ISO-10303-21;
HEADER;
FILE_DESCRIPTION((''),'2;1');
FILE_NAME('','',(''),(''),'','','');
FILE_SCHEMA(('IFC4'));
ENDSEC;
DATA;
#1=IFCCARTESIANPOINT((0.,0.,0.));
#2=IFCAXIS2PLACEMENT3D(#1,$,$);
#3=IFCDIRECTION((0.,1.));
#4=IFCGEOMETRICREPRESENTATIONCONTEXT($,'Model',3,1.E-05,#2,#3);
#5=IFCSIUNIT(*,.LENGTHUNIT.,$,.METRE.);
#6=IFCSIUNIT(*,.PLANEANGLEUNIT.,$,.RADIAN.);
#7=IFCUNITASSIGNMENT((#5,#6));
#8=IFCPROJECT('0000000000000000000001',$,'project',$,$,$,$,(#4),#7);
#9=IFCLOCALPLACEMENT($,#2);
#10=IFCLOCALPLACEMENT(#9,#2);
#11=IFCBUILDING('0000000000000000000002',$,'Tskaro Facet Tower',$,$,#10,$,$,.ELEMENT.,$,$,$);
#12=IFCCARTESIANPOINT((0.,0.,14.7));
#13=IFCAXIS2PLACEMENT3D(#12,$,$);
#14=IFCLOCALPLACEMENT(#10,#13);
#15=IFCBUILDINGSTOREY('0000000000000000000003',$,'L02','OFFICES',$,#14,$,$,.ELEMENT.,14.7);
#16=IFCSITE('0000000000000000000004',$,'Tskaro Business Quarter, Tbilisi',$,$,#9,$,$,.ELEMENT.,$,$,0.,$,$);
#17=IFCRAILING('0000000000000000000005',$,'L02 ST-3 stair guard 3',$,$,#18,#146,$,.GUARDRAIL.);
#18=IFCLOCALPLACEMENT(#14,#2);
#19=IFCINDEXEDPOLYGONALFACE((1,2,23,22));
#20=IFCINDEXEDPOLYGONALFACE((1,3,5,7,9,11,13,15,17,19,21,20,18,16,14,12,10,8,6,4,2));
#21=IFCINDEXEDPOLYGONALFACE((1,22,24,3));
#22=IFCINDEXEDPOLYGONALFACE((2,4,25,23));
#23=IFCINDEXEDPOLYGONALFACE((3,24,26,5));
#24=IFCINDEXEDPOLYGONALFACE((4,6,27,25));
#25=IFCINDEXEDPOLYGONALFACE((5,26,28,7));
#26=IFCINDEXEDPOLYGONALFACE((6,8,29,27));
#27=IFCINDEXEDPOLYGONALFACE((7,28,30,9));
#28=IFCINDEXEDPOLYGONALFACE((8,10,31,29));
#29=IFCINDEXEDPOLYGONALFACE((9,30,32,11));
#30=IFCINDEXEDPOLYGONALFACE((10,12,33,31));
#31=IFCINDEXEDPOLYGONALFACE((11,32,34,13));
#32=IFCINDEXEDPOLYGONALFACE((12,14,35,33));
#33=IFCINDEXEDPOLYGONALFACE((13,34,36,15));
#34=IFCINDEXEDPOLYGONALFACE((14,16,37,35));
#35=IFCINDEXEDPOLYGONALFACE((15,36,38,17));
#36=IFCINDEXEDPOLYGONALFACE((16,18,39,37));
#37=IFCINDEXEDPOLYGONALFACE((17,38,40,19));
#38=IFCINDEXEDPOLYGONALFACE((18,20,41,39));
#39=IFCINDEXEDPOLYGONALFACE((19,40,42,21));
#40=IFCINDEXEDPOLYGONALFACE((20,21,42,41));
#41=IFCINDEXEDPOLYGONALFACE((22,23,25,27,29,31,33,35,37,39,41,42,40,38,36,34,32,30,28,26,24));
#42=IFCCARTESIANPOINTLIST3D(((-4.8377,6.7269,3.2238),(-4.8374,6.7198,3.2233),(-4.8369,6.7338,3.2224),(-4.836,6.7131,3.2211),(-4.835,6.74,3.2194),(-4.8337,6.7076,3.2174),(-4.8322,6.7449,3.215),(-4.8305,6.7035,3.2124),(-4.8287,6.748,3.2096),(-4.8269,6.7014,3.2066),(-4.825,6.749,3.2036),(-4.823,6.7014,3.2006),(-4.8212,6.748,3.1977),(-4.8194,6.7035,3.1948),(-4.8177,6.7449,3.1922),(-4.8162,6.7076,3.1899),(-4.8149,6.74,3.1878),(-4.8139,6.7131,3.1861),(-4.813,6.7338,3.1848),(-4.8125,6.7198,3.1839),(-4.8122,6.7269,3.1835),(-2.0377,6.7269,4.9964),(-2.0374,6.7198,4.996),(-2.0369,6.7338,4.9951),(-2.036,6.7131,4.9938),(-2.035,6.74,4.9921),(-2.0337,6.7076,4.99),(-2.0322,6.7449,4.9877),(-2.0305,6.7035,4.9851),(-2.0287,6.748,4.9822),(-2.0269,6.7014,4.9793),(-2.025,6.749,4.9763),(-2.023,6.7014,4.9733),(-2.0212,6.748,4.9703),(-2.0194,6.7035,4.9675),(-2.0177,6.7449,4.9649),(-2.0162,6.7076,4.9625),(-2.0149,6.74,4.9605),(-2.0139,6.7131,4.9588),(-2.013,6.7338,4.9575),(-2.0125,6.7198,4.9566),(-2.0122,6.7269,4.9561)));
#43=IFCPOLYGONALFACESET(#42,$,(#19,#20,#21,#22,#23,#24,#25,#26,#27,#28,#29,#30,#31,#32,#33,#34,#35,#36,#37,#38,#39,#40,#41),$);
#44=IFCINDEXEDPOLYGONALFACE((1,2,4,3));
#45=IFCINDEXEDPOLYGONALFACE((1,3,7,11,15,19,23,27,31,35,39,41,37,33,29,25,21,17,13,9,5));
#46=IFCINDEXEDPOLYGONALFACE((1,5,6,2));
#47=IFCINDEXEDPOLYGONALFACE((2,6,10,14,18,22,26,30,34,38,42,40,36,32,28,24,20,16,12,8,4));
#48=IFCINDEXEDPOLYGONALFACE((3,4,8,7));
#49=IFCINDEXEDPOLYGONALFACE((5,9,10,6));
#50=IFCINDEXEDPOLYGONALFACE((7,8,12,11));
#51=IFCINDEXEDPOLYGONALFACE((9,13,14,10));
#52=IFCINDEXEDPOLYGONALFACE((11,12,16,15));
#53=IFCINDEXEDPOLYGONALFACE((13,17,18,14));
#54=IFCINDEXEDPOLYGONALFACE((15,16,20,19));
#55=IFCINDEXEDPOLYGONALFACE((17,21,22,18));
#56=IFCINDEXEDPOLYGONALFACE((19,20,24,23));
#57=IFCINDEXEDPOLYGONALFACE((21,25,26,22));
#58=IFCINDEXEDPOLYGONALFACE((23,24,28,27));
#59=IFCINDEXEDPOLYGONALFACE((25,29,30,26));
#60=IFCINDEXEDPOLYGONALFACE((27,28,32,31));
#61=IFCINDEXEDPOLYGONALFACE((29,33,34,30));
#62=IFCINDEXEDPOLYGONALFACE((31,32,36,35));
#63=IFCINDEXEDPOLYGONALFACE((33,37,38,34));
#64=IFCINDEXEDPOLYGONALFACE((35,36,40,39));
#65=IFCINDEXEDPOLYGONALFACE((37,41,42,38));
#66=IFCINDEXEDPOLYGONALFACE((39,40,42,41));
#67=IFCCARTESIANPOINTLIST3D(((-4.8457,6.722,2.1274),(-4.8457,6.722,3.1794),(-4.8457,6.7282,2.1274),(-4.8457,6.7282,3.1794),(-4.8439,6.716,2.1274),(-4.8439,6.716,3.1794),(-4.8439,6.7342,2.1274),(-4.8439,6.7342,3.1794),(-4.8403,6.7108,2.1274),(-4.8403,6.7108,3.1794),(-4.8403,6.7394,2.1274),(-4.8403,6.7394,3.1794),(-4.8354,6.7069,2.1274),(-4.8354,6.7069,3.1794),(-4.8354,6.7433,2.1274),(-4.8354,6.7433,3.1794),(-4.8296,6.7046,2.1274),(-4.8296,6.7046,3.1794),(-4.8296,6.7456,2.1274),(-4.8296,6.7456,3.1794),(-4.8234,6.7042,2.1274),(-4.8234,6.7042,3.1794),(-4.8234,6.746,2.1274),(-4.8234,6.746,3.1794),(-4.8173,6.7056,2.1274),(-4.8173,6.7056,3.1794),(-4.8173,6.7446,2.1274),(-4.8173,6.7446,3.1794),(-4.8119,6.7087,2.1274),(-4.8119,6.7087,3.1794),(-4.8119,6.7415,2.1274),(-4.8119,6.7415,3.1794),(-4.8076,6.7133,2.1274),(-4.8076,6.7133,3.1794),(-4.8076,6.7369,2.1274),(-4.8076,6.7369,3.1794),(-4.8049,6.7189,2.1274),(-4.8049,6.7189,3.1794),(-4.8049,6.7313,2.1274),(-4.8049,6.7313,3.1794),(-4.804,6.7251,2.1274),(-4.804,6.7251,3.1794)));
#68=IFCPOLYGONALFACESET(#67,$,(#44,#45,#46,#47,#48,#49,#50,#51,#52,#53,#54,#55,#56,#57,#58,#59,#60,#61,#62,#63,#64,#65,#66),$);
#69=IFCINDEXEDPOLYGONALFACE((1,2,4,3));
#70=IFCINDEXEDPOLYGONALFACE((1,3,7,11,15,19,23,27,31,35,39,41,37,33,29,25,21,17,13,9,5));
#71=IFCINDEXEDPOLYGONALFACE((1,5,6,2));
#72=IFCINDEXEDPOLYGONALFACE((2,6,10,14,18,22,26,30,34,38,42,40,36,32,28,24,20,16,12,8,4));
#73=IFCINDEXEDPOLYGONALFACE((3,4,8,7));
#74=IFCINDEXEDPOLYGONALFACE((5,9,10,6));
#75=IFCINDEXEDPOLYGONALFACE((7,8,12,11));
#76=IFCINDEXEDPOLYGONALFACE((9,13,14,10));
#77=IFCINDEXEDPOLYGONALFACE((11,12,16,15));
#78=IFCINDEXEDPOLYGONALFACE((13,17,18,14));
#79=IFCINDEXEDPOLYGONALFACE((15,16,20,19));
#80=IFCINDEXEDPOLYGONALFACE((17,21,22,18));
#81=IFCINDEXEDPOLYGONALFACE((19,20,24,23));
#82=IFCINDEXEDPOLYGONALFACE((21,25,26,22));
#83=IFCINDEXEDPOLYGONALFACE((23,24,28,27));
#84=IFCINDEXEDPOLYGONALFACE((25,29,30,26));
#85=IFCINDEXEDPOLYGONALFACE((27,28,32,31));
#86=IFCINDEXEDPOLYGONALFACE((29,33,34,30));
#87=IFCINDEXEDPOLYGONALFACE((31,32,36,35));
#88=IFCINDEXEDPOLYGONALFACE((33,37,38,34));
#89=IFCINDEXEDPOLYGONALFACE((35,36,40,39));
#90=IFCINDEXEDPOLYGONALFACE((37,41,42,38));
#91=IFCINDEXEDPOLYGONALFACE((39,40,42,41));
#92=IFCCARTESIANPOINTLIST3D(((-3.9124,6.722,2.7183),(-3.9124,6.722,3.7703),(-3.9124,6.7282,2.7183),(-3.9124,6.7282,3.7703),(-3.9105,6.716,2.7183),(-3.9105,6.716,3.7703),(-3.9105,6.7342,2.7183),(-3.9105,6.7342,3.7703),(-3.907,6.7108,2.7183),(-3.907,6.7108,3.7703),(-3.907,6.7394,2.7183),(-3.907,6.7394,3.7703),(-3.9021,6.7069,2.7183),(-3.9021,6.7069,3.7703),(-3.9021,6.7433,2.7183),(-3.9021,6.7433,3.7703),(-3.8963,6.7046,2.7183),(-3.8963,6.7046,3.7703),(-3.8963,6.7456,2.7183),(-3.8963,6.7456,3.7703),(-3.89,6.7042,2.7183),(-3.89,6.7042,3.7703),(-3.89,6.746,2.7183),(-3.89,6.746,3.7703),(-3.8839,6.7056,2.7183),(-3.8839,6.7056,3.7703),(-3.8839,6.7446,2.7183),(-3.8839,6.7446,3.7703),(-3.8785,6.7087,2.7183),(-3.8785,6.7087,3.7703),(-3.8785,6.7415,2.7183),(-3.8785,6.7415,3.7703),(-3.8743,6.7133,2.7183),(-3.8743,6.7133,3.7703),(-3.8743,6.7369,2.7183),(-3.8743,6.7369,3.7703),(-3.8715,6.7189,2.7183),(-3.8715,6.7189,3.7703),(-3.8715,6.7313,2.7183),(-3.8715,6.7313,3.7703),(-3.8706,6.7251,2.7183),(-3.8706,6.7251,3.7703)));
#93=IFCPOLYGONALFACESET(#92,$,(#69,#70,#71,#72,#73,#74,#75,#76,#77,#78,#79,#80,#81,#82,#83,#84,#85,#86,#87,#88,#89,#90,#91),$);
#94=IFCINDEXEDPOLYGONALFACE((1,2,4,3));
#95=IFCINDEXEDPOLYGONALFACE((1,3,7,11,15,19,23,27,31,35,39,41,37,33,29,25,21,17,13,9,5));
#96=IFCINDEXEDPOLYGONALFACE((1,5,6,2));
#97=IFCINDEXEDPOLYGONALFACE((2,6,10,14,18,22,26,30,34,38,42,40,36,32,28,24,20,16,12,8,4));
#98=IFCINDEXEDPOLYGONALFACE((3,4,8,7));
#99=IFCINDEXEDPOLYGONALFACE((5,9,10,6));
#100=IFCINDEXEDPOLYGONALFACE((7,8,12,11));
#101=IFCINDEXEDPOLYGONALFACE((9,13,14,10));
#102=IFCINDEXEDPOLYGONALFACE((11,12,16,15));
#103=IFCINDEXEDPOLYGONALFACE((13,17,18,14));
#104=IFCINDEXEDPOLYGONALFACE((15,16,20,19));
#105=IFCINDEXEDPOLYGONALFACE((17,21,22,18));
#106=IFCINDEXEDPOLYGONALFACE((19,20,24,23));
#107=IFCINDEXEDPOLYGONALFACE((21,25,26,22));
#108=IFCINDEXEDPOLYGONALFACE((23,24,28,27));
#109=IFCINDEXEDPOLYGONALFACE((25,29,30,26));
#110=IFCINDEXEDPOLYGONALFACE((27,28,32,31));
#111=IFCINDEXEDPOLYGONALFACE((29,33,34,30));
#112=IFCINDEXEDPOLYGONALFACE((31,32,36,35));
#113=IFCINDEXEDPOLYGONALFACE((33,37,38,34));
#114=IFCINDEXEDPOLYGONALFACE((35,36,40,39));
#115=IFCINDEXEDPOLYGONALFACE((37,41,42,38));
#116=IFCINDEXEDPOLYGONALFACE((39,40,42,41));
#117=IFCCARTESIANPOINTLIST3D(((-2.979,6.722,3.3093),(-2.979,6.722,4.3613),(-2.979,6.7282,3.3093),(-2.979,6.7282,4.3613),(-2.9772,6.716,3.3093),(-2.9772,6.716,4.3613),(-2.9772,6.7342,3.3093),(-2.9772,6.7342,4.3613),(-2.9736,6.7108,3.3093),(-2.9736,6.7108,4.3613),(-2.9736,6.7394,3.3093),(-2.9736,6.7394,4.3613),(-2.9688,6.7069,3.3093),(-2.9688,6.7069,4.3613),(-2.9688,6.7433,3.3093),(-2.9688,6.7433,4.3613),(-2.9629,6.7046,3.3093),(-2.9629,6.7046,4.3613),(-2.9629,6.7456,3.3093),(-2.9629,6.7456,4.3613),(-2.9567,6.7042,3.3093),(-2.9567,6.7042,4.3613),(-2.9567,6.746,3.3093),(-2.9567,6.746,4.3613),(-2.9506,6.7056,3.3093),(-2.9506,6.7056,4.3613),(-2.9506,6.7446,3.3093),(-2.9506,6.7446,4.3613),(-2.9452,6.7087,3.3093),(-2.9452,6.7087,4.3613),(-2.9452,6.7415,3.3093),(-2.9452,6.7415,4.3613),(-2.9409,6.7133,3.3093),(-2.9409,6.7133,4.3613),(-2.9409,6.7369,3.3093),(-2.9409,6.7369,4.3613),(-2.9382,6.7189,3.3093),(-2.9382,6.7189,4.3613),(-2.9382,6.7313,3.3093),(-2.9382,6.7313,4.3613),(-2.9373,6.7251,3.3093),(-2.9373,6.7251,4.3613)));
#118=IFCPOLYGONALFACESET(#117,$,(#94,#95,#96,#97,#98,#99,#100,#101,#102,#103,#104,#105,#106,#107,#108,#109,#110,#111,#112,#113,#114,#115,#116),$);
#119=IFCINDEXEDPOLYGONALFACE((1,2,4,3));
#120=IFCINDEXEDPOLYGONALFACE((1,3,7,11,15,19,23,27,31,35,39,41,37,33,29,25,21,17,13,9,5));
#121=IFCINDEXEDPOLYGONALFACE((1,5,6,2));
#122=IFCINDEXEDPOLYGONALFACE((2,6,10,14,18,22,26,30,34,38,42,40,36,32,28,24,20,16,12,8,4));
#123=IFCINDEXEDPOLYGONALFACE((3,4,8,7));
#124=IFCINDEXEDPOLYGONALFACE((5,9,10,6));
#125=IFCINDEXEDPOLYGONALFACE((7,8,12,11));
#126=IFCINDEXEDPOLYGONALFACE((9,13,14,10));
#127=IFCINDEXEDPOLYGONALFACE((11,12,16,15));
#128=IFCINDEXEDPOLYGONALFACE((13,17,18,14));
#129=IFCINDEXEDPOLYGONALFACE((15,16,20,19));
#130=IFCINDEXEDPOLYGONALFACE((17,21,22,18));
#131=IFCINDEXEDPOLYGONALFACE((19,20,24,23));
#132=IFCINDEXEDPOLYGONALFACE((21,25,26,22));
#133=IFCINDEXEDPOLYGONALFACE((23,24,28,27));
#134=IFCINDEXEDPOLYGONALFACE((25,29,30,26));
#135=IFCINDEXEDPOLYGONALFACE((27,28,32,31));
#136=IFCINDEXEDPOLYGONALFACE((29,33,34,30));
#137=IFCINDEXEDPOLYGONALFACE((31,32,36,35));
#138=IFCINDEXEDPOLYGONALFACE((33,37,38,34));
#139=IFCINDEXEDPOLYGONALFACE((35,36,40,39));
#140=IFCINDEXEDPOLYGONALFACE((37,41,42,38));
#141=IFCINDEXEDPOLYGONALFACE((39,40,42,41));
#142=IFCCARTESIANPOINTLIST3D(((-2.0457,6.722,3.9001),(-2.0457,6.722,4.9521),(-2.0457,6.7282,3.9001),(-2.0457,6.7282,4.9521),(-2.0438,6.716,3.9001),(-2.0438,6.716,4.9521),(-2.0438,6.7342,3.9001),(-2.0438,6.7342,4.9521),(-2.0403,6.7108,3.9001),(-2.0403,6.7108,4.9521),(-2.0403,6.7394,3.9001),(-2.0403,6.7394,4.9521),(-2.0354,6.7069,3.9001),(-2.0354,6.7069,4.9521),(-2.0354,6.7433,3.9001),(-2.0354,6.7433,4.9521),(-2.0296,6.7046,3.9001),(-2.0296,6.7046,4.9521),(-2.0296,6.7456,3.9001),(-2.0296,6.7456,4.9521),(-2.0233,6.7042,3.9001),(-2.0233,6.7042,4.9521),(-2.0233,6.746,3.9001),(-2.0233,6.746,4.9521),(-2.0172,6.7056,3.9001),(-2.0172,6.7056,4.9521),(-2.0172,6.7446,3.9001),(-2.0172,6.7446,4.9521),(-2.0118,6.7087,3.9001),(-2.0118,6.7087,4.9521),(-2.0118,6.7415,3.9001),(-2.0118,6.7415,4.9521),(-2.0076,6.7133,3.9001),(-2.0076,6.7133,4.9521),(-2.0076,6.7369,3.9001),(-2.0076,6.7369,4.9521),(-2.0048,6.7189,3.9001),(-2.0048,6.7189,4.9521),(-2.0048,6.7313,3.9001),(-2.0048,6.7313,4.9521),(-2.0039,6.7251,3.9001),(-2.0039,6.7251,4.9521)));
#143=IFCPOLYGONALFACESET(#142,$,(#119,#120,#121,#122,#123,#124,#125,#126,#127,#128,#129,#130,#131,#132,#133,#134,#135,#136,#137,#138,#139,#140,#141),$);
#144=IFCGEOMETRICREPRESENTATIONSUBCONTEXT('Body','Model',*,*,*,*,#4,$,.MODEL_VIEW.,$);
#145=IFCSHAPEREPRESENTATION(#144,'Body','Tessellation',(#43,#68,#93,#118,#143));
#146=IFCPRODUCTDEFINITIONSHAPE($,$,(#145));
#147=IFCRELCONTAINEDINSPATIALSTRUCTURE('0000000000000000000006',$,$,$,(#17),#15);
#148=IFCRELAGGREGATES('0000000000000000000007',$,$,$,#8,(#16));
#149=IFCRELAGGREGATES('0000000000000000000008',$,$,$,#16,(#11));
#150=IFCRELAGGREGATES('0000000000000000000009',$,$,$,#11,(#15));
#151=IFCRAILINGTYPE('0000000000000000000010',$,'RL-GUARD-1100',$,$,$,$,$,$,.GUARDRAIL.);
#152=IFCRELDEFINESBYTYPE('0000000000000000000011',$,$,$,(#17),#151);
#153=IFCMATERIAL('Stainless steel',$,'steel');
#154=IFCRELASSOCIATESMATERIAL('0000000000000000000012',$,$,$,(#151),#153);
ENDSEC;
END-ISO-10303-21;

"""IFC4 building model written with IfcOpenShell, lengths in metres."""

from ifc_helpers import new_model, si_unit, direction, frame, origin, origin_2d, place, context, subcontext, project, spatial, circle, extrude, material, type_object, element, save


model = new_model("IFC4")

# Units and contexts
model_context = context("Model", 3, precision=1e-05, world=origin(), true_north=direction((0.0, 1.0)))
body_context = subcontext(model_context, "Body", "Model", "MODEL_VIEW")
ifc_project = project(units=[si_unit("LENGTHUNIT", "METRE"), si_unit("PLANEANGLEUNIT", "RADIAN")], contexts=[model_context])

# Site, building, storey
site_placement = place(None, origin())
site = spatial("IfcSite", under=ifc_project, at=site_placement, Name="Tskaro Business Quarter, Tbilisi", CompositionType="ELEMENT", RefElevation=0.0)
building_placement = place(site_placement, origin())
building = spatial("IfcBuilding", under=site, at=building_placement, Name="Tskaro Facet Tower", CompositionType="ELEMENT")
storey_placement = place(building_placement, frame((0.0, 0.0, 14.7)))
storey = spatial("IfcBuildingStorey", under=building, at=storey_placement, Name="L02", Description="OFFICES", CompositionType="ELEMENT", Elevation=14.7)

# Railing
ifc_material_1 = material(Name="Stainless steel", Category="steel")
railing_type_1 = type_object("IfcRailingType", Name="RL-GUARD-1100", PredefinedType="GUARDRAIL", material=ifc_material_1)
railing_1_placement = place(storey_placement, frame((-4.825, 6.7251, 2.1274)))
element("IfcRailing", 1, at=railing_1_placement, inside=storey, type_object=railing_type_1, Name="L02 ST-3 stair guard 3", PredefinedType="GUARDRAIL", context=body_context, shape_type="SweptSolid", body=[
    extrude(circle(Radius=0.0239, at=origin_2d()), frame((0.0, 0.0, 1.0762), z_axis=(0.844909, 0.0, 0.53491), x_axis=(0.0, 1.0, 0.0)), (0.0, 0.0, 1.0), 3.314),
    extrude(circle(Radius=0.021, at=origin_2d()), origin(), (0.0, 0.0, 1.0), 1.052),
    extrude(circle(Radius=0.021, at=origin_2d()), frame((0.9333, 0.0, 0.5908)), (0.0, 0.0, 1.0), 1.052),
    extrude(circle(Radius=0.021, at=origin_2d()), frame((1.8667, 0.0, 1.1819)), (0.0, 0.0, 1.0), 1.052),
    extrude(circle(Radius=0.021, at=origin_2d()), frame((2.8, 0.0, 1.7727)), (0.0, 0.0, 1.0), 1.052),
])

save(model, "model.ifc")
